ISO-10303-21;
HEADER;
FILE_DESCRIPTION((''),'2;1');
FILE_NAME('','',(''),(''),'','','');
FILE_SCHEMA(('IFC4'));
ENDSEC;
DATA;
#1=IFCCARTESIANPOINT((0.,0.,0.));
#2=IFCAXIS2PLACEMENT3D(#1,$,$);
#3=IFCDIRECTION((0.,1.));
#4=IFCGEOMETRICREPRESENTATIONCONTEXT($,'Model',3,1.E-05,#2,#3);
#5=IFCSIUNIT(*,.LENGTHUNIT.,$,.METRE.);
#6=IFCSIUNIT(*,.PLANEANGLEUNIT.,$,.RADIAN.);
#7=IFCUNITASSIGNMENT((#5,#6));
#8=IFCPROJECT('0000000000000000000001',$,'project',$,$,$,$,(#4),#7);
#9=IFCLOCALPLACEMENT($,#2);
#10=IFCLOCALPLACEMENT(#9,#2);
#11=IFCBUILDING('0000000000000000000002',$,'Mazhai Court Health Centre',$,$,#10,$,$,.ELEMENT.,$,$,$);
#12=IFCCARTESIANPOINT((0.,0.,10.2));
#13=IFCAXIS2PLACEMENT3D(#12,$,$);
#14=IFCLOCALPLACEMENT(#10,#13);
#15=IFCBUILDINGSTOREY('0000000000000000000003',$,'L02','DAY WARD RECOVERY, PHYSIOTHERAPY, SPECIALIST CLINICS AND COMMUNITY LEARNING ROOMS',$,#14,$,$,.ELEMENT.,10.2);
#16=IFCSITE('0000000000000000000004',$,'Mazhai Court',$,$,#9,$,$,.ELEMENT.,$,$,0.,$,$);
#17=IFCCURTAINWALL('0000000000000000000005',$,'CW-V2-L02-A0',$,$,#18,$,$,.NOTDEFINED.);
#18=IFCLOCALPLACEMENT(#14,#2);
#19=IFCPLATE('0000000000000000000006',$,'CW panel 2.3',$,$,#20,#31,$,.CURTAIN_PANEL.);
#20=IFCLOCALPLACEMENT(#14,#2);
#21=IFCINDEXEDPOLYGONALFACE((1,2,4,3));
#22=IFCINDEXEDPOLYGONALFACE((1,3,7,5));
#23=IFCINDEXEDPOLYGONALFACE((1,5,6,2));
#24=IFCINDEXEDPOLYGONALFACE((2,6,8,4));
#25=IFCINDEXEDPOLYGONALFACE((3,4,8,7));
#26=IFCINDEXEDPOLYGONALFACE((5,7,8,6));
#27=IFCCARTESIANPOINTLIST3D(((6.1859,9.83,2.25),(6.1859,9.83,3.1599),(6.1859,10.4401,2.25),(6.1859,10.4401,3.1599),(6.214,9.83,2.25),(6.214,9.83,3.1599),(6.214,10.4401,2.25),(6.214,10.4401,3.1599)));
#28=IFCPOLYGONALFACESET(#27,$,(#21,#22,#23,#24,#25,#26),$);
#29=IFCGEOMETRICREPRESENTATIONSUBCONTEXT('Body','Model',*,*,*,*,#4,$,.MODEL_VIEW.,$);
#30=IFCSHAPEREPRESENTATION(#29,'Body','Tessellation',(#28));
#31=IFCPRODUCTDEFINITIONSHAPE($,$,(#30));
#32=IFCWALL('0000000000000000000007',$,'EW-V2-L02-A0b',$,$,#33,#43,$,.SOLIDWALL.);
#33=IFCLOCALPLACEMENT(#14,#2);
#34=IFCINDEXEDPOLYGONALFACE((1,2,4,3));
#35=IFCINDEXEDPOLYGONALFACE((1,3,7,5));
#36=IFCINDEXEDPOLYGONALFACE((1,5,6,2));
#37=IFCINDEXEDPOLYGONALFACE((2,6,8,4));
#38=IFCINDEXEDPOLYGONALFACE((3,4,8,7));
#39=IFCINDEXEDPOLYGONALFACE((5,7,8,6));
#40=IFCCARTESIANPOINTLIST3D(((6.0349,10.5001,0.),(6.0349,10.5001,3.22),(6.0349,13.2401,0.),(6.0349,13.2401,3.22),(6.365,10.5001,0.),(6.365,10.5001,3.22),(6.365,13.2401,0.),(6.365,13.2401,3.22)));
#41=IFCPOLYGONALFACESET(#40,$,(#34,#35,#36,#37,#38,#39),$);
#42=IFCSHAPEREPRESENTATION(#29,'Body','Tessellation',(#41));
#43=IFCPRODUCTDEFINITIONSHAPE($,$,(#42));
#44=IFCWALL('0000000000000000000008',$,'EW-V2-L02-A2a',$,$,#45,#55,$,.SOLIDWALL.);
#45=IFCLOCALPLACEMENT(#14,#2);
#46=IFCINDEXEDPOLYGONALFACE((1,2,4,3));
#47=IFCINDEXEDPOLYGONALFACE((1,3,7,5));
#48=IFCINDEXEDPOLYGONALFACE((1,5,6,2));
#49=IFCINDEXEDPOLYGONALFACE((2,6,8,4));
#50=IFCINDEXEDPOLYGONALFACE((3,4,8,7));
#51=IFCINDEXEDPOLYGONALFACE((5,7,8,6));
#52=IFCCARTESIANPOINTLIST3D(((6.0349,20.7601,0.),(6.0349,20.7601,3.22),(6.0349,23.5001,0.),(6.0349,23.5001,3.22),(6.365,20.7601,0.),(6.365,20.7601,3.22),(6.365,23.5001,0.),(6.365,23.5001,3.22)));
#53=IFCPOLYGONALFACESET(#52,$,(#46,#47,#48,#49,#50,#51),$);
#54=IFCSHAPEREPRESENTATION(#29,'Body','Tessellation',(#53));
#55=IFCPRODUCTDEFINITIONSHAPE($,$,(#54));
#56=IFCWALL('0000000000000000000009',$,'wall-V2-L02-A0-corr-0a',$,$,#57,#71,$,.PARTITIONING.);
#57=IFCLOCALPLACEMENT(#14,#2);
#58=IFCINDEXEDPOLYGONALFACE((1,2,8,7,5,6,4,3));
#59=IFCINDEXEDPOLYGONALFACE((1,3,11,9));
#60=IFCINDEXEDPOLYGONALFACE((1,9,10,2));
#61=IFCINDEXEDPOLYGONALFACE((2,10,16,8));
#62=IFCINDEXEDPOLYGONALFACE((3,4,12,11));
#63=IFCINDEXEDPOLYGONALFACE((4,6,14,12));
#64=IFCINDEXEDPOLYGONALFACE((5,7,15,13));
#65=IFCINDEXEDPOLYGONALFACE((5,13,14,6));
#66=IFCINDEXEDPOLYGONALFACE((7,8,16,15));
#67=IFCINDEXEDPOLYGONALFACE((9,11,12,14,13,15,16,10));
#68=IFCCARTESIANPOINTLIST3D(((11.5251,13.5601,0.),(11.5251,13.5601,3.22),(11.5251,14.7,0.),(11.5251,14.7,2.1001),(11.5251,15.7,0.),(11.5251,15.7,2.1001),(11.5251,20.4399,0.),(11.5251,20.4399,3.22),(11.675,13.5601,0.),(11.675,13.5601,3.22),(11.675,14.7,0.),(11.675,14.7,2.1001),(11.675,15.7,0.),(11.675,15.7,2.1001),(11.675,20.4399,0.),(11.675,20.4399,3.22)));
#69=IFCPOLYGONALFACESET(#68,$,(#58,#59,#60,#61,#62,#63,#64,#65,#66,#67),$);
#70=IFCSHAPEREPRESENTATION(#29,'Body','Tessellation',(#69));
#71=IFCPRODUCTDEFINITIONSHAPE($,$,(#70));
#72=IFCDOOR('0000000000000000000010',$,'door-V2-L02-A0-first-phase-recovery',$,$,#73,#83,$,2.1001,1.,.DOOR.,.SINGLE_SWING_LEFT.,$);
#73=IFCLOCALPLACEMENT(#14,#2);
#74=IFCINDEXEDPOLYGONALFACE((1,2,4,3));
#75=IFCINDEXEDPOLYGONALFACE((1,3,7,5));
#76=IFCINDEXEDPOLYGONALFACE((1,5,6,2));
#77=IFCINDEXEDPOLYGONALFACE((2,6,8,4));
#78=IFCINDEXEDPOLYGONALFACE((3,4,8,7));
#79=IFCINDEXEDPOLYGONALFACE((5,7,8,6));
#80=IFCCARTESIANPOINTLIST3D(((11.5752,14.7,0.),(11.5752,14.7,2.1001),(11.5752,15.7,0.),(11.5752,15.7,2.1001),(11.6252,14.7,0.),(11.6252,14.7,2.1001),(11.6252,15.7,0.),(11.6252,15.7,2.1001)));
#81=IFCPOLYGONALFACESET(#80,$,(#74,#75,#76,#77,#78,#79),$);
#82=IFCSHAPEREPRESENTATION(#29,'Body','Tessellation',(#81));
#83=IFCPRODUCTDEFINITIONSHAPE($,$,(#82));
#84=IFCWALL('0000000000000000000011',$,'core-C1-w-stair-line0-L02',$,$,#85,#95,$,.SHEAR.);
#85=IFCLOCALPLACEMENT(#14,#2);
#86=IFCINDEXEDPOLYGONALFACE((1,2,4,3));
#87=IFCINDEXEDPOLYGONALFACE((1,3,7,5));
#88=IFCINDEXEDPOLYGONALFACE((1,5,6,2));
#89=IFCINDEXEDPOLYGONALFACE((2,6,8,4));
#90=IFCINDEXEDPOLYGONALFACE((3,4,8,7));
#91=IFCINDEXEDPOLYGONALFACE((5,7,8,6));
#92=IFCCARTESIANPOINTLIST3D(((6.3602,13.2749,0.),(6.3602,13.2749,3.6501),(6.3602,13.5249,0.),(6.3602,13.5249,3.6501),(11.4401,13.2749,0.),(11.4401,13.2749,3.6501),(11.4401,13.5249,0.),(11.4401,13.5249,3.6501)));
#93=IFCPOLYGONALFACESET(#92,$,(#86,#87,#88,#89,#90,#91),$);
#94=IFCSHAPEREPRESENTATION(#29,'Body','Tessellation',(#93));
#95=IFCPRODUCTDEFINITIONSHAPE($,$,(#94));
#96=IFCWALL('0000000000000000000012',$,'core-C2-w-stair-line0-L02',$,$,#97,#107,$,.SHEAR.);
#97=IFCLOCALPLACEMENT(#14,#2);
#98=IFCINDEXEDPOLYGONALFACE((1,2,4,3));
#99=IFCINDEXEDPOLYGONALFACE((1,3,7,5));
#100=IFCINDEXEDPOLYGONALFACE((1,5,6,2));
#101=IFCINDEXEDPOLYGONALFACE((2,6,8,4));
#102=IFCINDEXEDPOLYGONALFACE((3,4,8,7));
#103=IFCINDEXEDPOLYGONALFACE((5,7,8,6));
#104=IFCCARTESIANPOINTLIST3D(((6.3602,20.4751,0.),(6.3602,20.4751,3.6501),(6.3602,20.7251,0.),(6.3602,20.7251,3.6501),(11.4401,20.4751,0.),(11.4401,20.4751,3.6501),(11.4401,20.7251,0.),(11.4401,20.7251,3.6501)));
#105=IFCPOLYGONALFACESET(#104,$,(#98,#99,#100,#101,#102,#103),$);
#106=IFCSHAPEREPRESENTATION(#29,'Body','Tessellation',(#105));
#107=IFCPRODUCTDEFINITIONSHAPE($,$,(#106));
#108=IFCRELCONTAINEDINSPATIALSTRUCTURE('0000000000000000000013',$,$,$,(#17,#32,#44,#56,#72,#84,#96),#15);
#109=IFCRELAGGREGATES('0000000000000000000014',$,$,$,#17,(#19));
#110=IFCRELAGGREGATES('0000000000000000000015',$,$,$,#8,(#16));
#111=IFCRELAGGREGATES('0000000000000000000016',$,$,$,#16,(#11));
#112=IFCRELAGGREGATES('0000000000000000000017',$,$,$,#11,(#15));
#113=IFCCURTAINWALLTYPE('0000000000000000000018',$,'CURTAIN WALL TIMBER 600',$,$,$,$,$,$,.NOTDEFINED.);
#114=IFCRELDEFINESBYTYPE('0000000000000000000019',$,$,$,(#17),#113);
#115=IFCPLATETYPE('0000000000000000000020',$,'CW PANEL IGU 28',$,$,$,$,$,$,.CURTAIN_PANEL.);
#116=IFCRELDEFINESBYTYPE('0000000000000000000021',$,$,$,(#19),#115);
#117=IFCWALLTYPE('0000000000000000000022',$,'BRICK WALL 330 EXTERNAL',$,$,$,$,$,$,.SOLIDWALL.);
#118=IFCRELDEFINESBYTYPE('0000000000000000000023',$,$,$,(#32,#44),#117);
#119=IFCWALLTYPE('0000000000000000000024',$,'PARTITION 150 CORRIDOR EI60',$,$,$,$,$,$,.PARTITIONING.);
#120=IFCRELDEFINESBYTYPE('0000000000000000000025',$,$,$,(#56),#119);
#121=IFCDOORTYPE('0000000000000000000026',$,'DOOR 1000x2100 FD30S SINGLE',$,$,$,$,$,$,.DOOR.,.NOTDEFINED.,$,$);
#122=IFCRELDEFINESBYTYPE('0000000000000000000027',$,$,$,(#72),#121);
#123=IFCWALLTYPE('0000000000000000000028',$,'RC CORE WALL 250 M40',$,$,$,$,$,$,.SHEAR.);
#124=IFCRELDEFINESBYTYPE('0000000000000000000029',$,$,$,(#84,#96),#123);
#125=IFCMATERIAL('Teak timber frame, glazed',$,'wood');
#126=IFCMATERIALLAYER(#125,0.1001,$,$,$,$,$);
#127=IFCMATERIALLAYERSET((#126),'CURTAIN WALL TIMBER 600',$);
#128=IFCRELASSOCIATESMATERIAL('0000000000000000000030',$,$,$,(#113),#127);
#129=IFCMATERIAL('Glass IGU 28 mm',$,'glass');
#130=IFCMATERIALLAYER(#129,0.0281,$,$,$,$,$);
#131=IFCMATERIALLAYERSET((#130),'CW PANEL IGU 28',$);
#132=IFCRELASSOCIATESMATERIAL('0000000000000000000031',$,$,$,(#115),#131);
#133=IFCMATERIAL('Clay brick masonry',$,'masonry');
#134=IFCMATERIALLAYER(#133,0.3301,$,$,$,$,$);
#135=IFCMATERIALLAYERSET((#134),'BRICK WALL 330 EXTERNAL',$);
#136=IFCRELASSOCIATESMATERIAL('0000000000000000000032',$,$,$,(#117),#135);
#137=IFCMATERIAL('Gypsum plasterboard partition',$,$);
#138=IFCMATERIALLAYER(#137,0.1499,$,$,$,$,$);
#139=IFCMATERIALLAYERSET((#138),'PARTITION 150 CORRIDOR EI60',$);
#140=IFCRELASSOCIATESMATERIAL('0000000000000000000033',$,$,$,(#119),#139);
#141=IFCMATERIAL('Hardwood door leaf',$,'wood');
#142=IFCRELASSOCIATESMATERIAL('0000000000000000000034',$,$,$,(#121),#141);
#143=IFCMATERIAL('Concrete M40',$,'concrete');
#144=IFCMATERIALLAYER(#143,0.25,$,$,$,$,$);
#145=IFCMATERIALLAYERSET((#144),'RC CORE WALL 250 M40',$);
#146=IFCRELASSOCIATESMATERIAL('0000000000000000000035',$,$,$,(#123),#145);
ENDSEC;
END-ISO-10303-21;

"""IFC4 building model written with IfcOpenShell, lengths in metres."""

from ifc_helpers import new_model, si_unit, direction, frame, frame_2d, origin, origin_2d, place, context, subcontext, project, spatial, rectangle, extrude, material, layer, layer_set, type_object, element, fill, aggregate, save


model = new_model("IFC4")

# Units and contexts
model_context = context("Model", 3, precision=1e-05, world=origin(), true_north=direction((0.0, 1.0)))
body_context = subcontext(model_context, "Body", "Model", "MODEL_VIEW")
ifc_project = project(units=[si_unit("LENGTHUNIT", "METRE"), si_unit("PLANEANGLEUNIT", "RADIAN")], contexts=[model_context])

# Site, building, storey
site_placement = place(None, origin())
site = spatial("IfcSite", under=ifc_project, at=site_placement, Name="Mazhai Court", CompositionType="ELEMENT", RefElevation=0.0)
building_placement = place(site_placement, origin())
building = spatial("IfcBuilding", under=site, at=building_placement, Name="Mazhai Court Health Centre", CompositionType="ELEMENT")
storey_placement = place(building_placement, frame((0.0, 0.0, 10.2)))
storey = spatial("IfcBuildingStorey", under=building, at=storey_placement, Name="L02", Description="DAY WARD RECOVERY, PHYSIOTHERAPY, SPECIALIST CLINICS AND COMMUNITY LEARNING ROOMS", CompositionType="ELEMENT", Elevation=10.2)

# Curtain wall
ifc_material_1 = material(Name="Teak timber frame, glazed", Category="wood")
ifc_layer_1 = layer(ifc_material_1, 0.1001)
ifc_layer_set_1 = layer_set([ifc_layer_1], Name="CURTAIN WALL TIMBER 600")
curtain_wall_type_1 = type_object("IfcCurtainWallType", Name="CURTAIN WALL TIMBER 600", PredefinedType="NOTDEFINED", material=ifc_layer_set_1)
curtain_wall_1_placement = place(storey_placement, origin())
curtain_wall_1 = element("IfcCurtainWall", 1, at=curtain_wall_1_placement, inside=storey, type_object=curtain_wall_type_1, Name="CW-V2-L02-A0", PredefinedType="NOTDEFINED")

# Plate
ifc_material_2 = material(Name="Glass IGU 28 mm", Category="glass")
ifc_layer_2 = layer(ifc_material_2, 0.0281)
ifc_layer_set_2 = layer_set([ifc_layer_2], Name="CW PANEL IGU 28")
plate_type = type_object("IfcPlateType", Name="CW PANEL IGU 28", PredefinedType="CURTAIN_PANEL", material=ifc_layer_set_2)
plate_1_placement = place(storey_placement, frame((6.2, 10.135, 2.25), z_axis=(0.0, 0.0, 1.0), x_axis=(0.0, 1.0, 0.0)))
plate_1 = element("IfcPlate", 2, at=plate_1_placement, type_object=plate_type, Name="CW panel 2.3", PredefinedType="CURTAIN_PANEL", context=body_context, shape_type="SweptSolid", body=[
    extrude(rectangle(XDim=0.6101, YDim=0.0281, at=origin_2d()), origin(), (0.0, 0.0, 1.0), 0.9099),
])
aggregate(curtain_wall_1, [plate_1])

# Walls
ifc_material_3 = material(Name="Clay brick masonry", Category="masonry")
ifc_layer_3 = layer(ifc_material_3, 0.3301)
ifc_layer_set_3 = layer_set([ifc_layer_3], Name="BRICK WALL 330 EXTERNAL")
wall_type_1 = type_object("IfcWallType", Name="BRICK WALL 330 EXTERNAL", PredefinedType="SOLIDWALL", material=ifc_layer_set_3)
for number, where, z_axis, x_axis, name in (
    (3, (6.2, 10.5, 0.0), (0.0, 0.0, 1.0), (0.0, 1.0, 0.0), "EW-V2-L02-A0b"),
    (4, (6.2, 20.76, 0.0), (0.0, 0.0, 1.0), (0.0, 1.0, 0.0), "EW-V2-L02-A2a"),
):
    element("IfcWall", number, at=place(storey_placement, frame(where, z_axis=z_axis, x_axis=x_axis)), inside=storey, type_object=wall_type_1, Name=name, PredefinedType="SOLIDWALL", context=body_context, shape_type="SweptSolid", body=[
        extrude(rectangle(XDim=2.74, YDim=0.3301, at=frame_2d((1.3701, 0.0))), origin(), (0.0, 0.0, 1.0), 3.22),
    ])

# Wall, opening, door
ifc_material_4 = material(Name="Gypsum plasterboard partition")
ifc_layer_4 = layer(ifc_material_4, 0.1499)
ifc_layer_set_4 = layer_set([ifc_layer_4], Name="PARTITION 150 CORRIDOR EI60")
wall_type_2 = type_object("IfcWallType", Name="PARTITION 150 CORRIDOR EI60", PredefinedType="PARTITIONING", material=ifc_layer_set_4)
wall_placement = place(storey_placement, frame((11.6001, 13.5601, 0.0), z_axis=(0.0, 0.0, 1.0), x_axis=(0.0, 1.0, 0.0)))
wall = element("IfcWall", 5, at=wall_placement, inside=storey, type_object=wall_type_2, Name="wall-V2-L02-A0-corr-0a", PredefinedType="PARTITIONING", context=body_context, shape_type="SweptSolid", body=[
    extrude(rectangle(XDim=6.8799, YDim=0.1499, at=frame_2d((3.4399, 0.0))), origin(), (0.0, 0.0, 1.0), 3.22),
])
opening_placement = place(wall_placement, frame((1.1399, 0.0, 0.0)))
opening = element("IfcOpeningElement", 6, at=opening_placement, cuts=wall, PredefinedType="OPENING", context=body_context, shape_type="SweptSolid", body=[
    extrude(rectangle(XDim=1.0, YDim=2.1001, at=frame_2d((0.5, 1.05))), frame((0.0, 0.085, 0.0), z_axis=(0.0, -1.0, 0.0), x_axis=(1.0, 0.0, 0.0)), (0.0, 0.0, 1.0), 0.1699),
])
ifc_material_5 = material(Name="Hardwood door leaf", Category="wood")
door_type = type_object("IfcDoorType", Name="DOOR 1000x2100 FD30S SINGLE", OperationType="NOTDEFINED", PredefinedType="DOOR", material=ifc_material_5)
door_placement = place(opening_placement, origin())
door = element("IfcDoor", 7, at=door_placement, inside=storey, type_object=door_type, Name="door-V2-L02-A0-first-phase-recovery", OperationType="SINGLE_SWING_LEFT", OverallHeight=2.1001, OverallWidth=1.0, PredefinedType="DOOR", context=body_context, shape_type="SweptSolid", body=[
    extrude(rectangle(XDim=1.0, YDim=2.1001, at=frame_2d((0.5, 1.05))), frame((0.0, 0.0249, 0.0), z_axis=(0.0, -1.0, 0.0), x_axis=(1.0, 0.0, 0.0)), (0.0, 0.0, 1.0), 0.05),
])
fill(opening, door)

# Walls
ifc_material_6 = material(Name="Concrete M40", Category="concrete")
ifc_layer_5 = layer(ifc_material_6, 0.25)
ifc_layer_set_5 = layer_set([ifc_layer_5], Name="RC CORE WALL 250 M40")
wall_type_3 = type_object("IfcWallType", Name="RC CORE WALL 250 M40", PredefinedType="SHEAR", material=ifc_layer_set_5)
for number, where, z_axis, x_axis, name in (
    (8, (6.3601, 13.3999, 0.0), (0.0, 0.0, 1.0), (1.0, 0.0, 0.0), "core-C1-w-stair-line0-L02"),
    (9, (6.3601, 20.6001, 0.0), (0.0, 0.0, 1.0), (1.0, 0.0, 0.0), "core-C2-w-stair-line0-L02"),
):
    element("IfcWall", number, at=place(storey_placement, frame(where, z_axis=z_axis, x_axis=x_axis)), inside=storey, type_object=wall_type_3, Name=name, PredefinedType="SHEAR", context=body_context, shape_type="SweptSolid", body=[
        extrude(rectangle(XDim=5.0798, YDim=0.25, at=frame_2d((2.54, 0.0))), origin(), (0.0, 0.0, 1.0), 3.6501),
    ])

save(model, "model.ifc")
